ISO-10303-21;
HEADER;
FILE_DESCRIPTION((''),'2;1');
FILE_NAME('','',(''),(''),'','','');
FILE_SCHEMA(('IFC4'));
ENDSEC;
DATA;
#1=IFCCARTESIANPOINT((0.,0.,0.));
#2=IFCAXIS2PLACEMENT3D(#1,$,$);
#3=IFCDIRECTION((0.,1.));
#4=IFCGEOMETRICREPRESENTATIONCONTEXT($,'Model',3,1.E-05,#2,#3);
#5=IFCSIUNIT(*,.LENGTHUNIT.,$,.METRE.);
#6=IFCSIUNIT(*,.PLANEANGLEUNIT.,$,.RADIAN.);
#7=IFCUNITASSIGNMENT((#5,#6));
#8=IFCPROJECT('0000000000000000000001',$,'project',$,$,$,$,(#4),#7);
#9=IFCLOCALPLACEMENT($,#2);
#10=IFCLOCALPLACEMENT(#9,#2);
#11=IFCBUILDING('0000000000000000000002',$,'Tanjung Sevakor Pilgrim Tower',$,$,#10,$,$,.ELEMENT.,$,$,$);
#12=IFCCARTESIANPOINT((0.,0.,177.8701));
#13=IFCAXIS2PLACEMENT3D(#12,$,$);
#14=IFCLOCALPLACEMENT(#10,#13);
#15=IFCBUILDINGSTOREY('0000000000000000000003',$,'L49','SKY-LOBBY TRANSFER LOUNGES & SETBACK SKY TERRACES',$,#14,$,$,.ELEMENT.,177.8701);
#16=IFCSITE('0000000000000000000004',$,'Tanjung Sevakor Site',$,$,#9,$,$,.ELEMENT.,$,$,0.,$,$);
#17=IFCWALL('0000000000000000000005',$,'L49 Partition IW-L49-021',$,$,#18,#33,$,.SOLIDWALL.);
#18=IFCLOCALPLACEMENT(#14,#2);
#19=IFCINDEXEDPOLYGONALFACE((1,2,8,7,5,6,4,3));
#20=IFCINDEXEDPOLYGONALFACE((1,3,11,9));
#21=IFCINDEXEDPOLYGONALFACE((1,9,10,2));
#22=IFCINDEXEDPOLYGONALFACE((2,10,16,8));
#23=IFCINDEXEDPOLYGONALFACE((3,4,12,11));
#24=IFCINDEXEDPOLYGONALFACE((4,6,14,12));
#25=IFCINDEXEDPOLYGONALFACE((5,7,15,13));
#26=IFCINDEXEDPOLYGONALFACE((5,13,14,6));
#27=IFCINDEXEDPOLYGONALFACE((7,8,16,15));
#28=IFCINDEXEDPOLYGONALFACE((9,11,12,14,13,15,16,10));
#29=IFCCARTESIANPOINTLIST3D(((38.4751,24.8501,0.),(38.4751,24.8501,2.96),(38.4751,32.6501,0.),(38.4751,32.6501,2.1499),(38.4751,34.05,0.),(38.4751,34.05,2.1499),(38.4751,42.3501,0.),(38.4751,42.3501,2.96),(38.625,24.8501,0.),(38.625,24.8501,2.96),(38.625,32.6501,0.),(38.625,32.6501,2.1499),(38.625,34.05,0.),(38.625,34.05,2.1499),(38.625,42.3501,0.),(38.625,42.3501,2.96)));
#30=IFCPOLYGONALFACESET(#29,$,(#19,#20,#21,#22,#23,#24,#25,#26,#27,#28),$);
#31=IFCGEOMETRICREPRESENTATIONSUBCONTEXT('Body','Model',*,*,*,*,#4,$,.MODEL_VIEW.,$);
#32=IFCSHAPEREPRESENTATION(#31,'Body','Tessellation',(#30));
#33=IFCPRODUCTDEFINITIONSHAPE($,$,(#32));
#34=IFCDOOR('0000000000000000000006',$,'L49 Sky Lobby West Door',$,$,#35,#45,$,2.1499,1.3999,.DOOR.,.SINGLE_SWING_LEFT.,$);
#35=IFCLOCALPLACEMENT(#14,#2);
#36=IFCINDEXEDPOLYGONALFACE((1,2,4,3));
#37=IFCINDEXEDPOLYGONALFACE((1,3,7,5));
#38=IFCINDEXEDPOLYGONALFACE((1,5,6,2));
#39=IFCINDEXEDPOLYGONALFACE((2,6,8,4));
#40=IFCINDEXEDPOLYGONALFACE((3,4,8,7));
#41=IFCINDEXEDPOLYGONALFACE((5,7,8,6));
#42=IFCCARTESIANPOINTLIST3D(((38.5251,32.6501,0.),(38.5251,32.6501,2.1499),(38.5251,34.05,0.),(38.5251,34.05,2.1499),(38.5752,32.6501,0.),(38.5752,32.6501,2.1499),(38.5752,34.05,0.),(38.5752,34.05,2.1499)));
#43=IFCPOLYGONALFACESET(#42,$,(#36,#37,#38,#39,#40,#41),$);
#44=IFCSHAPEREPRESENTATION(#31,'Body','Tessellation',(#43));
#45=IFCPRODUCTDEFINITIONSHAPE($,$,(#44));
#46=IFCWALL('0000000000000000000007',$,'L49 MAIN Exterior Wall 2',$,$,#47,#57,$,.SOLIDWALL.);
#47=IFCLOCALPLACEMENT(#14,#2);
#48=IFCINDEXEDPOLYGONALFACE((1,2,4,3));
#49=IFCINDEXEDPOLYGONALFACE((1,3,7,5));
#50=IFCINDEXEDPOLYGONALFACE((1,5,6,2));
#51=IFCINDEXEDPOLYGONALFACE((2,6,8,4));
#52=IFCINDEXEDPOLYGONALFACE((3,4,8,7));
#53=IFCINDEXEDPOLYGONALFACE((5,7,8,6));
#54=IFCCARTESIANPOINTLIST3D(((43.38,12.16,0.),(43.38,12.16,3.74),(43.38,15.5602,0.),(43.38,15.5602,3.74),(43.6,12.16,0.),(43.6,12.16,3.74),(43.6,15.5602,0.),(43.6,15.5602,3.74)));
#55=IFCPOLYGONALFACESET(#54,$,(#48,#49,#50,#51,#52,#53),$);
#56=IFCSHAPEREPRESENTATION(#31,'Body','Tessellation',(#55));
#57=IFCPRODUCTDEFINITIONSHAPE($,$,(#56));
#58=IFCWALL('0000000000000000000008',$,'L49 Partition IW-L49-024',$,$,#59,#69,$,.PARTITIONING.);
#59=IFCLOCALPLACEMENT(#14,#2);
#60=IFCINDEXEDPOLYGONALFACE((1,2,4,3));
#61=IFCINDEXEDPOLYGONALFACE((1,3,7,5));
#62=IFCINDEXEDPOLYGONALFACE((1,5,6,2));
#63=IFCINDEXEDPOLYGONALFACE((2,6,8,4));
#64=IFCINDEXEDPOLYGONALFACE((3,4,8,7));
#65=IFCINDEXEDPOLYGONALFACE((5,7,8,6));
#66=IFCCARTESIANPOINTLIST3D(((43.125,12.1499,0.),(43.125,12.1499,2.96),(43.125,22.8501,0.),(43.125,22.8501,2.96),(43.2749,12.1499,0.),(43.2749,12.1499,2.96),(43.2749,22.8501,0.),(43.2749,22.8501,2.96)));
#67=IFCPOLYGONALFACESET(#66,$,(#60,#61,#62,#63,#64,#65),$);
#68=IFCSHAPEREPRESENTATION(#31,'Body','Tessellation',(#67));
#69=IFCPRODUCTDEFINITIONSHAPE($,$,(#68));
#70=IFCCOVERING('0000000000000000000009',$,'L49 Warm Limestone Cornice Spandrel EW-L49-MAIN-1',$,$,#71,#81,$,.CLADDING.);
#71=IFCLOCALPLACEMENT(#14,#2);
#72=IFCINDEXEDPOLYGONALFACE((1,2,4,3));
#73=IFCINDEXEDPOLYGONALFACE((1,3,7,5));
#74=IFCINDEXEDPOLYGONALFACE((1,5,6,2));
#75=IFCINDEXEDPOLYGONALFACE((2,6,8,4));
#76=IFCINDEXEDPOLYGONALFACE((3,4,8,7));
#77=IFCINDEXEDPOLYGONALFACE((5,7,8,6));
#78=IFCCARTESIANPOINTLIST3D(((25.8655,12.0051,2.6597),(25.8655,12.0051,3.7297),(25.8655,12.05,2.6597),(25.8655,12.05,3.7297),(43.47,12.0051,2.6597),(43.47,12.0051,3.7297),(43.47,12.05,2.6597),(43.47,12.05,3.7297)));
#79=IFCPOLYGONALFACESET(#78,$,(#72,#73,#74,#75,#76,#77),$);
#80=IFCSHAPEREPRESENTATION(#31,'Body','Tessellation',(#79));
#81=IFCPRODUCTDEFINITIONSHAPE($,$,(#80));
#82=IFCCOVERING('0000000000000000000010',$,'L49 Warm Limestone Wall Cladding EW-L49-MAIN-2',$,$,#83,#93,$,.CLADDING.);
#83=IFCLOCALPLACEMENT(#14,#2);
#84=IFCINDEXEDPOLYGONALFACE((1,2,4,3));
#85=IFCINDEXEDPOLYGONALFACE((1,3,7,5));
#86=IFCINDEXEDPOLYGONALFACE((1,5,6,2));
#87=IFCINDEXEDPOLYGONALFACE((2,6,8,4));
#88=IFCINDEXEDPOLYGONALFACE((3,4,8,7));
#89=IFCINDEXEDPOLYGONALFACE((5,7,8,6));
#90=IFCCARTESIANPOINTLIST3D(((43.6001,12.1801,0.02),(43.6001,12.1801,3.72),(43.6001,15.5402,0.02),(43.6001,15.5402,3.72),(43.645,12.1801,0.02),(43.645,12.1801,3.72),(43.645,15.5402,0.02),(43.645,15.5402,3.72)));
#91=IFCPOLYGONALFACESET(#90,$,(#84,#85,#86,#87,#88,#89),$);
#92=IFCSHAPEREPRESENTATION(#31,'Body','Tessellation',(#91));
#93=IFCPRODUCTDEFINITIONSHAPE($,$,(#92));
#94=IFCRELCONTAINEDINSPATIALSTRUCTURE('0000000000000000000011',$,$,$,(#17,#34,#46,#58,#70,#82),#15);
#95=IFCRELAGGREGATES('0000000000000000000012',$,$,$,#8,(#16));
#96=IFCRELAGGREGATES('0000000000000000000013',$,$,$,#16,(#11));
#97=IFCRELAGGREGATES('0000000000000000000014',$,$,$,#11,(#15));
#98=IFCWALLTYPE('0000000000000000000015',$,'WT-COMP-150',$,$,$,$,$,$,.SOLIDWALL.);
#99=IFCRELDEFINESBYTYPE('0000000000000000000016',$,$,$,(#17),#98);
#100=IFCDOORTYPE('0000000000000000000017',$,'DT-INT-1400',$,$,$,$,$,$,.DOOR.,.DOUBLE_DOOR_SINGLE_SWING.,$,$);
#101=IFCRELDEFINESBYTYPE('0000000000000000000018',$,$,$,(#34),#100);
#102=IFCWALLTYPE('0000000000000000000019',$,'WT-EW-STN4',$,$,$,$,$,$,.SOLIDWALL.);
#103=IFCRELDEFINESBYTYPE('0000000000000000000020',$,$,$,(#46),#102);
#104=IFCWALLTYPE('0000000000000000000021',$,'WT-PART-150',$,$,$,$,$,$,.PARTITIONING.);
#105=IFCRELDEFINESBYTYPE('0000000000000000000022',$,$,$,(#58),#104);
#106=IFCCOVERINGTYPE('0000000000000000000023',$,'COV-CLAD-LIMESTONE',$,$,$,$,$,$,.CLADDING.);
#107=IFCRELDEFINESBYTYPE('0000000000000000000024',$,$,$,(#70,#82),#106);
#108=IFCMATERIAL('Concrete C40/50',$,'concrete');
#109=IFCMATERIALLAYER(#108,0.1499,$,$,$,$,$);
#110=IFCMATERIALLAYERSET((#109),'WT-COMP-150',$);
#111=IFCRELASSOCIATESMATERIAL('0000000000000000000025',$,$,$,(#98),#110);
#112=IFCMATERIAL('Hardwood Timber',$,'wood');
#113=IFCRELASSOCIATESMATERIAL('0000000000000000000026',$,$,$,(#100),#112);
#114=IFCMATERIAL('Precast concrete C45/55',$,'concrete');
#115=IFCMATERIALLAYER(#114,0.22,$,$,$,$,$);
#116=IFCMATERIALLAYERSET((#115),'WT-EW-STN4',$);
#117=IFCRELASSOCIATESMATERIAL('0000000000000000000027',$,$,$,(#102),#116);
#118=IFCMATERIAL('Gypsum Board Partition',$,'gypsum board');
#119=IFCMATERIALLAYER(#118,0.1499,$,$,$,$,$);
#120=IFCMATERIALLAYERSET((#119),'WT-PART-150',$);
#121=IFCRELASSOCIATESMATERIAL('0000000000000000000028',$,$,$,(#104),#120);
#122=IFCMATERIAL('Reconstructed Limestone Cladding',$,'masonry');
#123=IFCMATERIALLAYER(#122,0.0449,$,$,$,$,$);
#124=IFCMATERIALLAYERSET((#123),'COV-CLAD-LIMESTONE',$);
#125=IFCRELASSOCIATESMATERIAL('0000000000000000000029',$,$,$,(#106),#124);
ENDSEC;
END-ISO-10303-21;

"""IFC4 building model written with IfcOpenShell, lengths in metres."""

from ifc_helpers import new_model, si_unit, direction, frame, frame_2d, origin, origin_2d, place, context, subcontext, project, spatial, rectangle, extrude, material, layer, layer_set, type_object, element, fill, save


model = new_model("IFC4")

# Units and contexts
model_context = context("Model", 3, precision=1e-05, world=origin(), true_north=direction((0.0, 1.0)))
body_context = subcontext(model_context, "Body", "Model", "MODEL_VIEW")
ifc_project = project(units=[si_unit("LENGTHUNIT", "METRE"), si_unit("PLANEANGLEUNIT", "RADIAN")], contexts=[model_context])

# Site, building, storey
site_placement = place(None, origin())
site = spatial("IfcSite", under=ifc_project, at=site_placement, Name="Tanjung Sevakor Site", CompositionType="ELEMENT", RefElevation=0.0)
building_placement = place(site_placement, origin())
building = spatial("IfcBuilding", under=site, at=building_placement, Name="Tanjung Sevakor Pilgrim Tower", CompositionType="ELEMENT")
storey_placement = place(building_placement, frame((0.0, 0.0, 177.8701)))
storey = spatial("IfcBuildingStorey", under=building, at=storey_placement, Name="L49", Description="SKY-LOBBY TRANSFER LOUNGES & SETBACK SKY TERRACES", CompositionType="ELEMENT", Elevation=177.8701)

# Shared definitions
ifc_material_1 = material(Name="Concrete C40/50", Category="concrete")
ifc_layer_1 = layer(ifc_material_1, 0.1499)
ifc_layer_set_1 = layer_set([ifc_layer_1], Name="WT-COMP-150")
wall_type_1 = type_object("IfcWallType", Name="WT-COMP-150", PredefinedType="SOLIDWALL", material=ifc_layer_set_1)

# Wall, opening, door
wall_1_placement = place(storey_placement, frame((38.55, 24.8501, 0.0), z_axis=(0.0, 0.0, 1.0), x_axis=(0.0, 1.0, 0.0)))
wall_1 = element("IfcWall", 1, at=wall_1_placement, inside=storey, type_object=wall_type_1, Name="L49 Partition IW-L49-021", PredefinedType="SOLIDWALL", context=body_context, shape_type="SweptSolid", body=[
    extrude(rectangle(XDim=17.5, YDim=0.1499, at=frame_2d((8.75, 0.0))), origin(), (0.0, 0.0, 1.0), 2.96),
])
opening_placement = place(wall_1_placement, frame((7.8, 0.0, 0.0)))
opening = element("IfcOpeningElement", 2, at=opening_placement, cuts=wall_1, PredefinedType="OPENING", context=body_context, shape_type="SweptSolid", body=[
    extrude(rectangle(XDim=1.3999, YDim=2.1499, at=frame_2d((0.7, 1.075))), frame((0.0, 0.085, 0.0), z_axis=(0.0, -1.0, 0.0), x_axis=(1.0, 0.0, 0.0)), (0.0, 0.0, 1.0), 0.1699),
])
ifc_material_2 = material(Name="Hardwood Timber", Category="wood")
door_type = type_object("IfcDoorType", Name="DT-INT-1400", OperationType="DOUBLE_DOOR_SINGLE_SWING", PredefinedType="DOOR", material=ifc_material_2)
door_placement = place(opening_placement, origin())
door = element("IfcDoor", 3, at=door_placement, inside=storey, type_object=door_type, Name="L49 Sky Lobby West Door", OperationType="SINGLE_SWING_LEFT", OverallHeight=2.1499, OverallWidth=1.3999, PredefinedType="DOOR", context=body_context, shape_type="SweptSolid", body=[
    extrude(rectangle(XDim=1.3999, YDim=2.1499, at=frame_2d((0.7, 1.075))), frame((0.0, 0.0249, 0.0), z_axis=(0.0, -1.0, 0.0), x_axis=(1.0, 0.0, 0.0)), (0.0, 0.0, 1.0), 0.05),
])
fill(opening, door)

# Walls
ifc_material_3 = material(Name="Precast concrete C45/55", Category="concrete")
ifc_layer_2 = layer(ifc_material_3, 0.22)
ifc_layer_set_2 = layer_set([ifc_layer_2], Name="WT-EW-STN4")
wall_type_2 = type_object("IfcWallType", Name="WT-EW-STN4", PredefinedType="SOLIDWALL", material=ifc_layer_set_2)
wall_2_placement = place(storey_placement, frame((43.49, 12.1599, 0.0), z_axis=(0.0, 0.0, 1.0), x_axis=(0.0, 1.0, 0.0)))
element("IfcWall", 4, at=wall_2_placement, inside=storey, type_object=wall_type_2, Name="L49 MAIN Exterior Wall 2", PredefinedType="SOLIDWALL", context=body_context, shape_type="SweptSolid", body=[
    extrude(rectangle(XDim=3.4001, YDim=0.22, at=frame_2d((1.7002, 0.0))), origin(), (0.0, 0.0, 1.0), 3.74),
])
ifc_material_4 = material(Name="Gypsum Board Partition", Category="gypsum board")
ifc_layer_3 = layer(ifc_material_4, 0.1499)
ifc_layer_set_3 = layer_set([ifc_layer_3], Name="WT-PART-150")
wall_type_3 = type_object("IfcWallType", Name="WT-PART-150", PredefinedType="PARTITIONING", material=ifc_layer_set_3)
wall_3_placement = place(storey_placement, frame((43.2, 12.1499, 0.0), z_axis=(0.0, 0.0, 1.0), x_axis=(0.0, 1.0, 0.0)))
element("IfcWall", 5, at=wall_3_placement, inside=storey, type_object=wall_type_3, Name="L49 Partition IW-L49-024", PredefinedType="PARTITIONING", context=body_context, shape_type="SweptSolid", body=[
    extrude(rectangle(XDim=10.7002, YDim=0.1499, at=frame_2d((5.3501, 0.0))), origin(), (0.0, 0.0, 1.0), 2.96),
])

# Coverings
ifc_material_5 = material(Name="Reconstructed Limestone Cladding", Category="masonry")
ifc_layer_4 = layer(ifc_material_5, 0.0449)
ifc_layer_set_4 = layer_set([ifc_layer_4], Name="COV-CLAD-LIMESTONE")
covering_type = type_object("IfcCoveringType", Name="COV-CLAD-LIMESTONE", PredefinedType="CLADDING", material=ifc_layer_set_4)
covering_1_placement = place(storey_placement, frame((34.6677, 12.0276, 2.6597), z_axis=(0.0, 0.0, 1.0), x_axis=(1.0, 0.0, 0.0)))
element("IfcCovering", 6, at=covering_1_placement, inside=storey, type_object=covering_type, Name="L49 Warm Limestone Cornice Spandrel EW-L49-MAIN-1", PredefinedType="CLADDING", context=body_context, shape_type="SweptSolid", body=[
    extrude(rectangle(XDim=17.6045, YDim=0.0449, at=origin_2d()), origin(), (0.0, 0.0, 1.0), 1.0701),
])
covering_2_placement = place(storey_placement, frame((43.6226, 13.8601, 0.02), z_axis=(0.0, 0.0, 1.0), x_axis=(0.0, 1.0, 0.0)))
element("IfcCovering", 7, at=covering_2_placement, inside=storey, type_object=covering_type, Name="L49 Warm Limestone Wall Cladding EW-L49-MAIN-2", PredefinedType="CLADDING", context=body_context, shape_type="SweptSolid", body=[
    extrude(rectangle(XDim=3.3601, YDim=0.0449, at=origin_2d()), origin(), (0.0, 0.0, 1.0), 3.7),
])

save(model, "model.ifc")
